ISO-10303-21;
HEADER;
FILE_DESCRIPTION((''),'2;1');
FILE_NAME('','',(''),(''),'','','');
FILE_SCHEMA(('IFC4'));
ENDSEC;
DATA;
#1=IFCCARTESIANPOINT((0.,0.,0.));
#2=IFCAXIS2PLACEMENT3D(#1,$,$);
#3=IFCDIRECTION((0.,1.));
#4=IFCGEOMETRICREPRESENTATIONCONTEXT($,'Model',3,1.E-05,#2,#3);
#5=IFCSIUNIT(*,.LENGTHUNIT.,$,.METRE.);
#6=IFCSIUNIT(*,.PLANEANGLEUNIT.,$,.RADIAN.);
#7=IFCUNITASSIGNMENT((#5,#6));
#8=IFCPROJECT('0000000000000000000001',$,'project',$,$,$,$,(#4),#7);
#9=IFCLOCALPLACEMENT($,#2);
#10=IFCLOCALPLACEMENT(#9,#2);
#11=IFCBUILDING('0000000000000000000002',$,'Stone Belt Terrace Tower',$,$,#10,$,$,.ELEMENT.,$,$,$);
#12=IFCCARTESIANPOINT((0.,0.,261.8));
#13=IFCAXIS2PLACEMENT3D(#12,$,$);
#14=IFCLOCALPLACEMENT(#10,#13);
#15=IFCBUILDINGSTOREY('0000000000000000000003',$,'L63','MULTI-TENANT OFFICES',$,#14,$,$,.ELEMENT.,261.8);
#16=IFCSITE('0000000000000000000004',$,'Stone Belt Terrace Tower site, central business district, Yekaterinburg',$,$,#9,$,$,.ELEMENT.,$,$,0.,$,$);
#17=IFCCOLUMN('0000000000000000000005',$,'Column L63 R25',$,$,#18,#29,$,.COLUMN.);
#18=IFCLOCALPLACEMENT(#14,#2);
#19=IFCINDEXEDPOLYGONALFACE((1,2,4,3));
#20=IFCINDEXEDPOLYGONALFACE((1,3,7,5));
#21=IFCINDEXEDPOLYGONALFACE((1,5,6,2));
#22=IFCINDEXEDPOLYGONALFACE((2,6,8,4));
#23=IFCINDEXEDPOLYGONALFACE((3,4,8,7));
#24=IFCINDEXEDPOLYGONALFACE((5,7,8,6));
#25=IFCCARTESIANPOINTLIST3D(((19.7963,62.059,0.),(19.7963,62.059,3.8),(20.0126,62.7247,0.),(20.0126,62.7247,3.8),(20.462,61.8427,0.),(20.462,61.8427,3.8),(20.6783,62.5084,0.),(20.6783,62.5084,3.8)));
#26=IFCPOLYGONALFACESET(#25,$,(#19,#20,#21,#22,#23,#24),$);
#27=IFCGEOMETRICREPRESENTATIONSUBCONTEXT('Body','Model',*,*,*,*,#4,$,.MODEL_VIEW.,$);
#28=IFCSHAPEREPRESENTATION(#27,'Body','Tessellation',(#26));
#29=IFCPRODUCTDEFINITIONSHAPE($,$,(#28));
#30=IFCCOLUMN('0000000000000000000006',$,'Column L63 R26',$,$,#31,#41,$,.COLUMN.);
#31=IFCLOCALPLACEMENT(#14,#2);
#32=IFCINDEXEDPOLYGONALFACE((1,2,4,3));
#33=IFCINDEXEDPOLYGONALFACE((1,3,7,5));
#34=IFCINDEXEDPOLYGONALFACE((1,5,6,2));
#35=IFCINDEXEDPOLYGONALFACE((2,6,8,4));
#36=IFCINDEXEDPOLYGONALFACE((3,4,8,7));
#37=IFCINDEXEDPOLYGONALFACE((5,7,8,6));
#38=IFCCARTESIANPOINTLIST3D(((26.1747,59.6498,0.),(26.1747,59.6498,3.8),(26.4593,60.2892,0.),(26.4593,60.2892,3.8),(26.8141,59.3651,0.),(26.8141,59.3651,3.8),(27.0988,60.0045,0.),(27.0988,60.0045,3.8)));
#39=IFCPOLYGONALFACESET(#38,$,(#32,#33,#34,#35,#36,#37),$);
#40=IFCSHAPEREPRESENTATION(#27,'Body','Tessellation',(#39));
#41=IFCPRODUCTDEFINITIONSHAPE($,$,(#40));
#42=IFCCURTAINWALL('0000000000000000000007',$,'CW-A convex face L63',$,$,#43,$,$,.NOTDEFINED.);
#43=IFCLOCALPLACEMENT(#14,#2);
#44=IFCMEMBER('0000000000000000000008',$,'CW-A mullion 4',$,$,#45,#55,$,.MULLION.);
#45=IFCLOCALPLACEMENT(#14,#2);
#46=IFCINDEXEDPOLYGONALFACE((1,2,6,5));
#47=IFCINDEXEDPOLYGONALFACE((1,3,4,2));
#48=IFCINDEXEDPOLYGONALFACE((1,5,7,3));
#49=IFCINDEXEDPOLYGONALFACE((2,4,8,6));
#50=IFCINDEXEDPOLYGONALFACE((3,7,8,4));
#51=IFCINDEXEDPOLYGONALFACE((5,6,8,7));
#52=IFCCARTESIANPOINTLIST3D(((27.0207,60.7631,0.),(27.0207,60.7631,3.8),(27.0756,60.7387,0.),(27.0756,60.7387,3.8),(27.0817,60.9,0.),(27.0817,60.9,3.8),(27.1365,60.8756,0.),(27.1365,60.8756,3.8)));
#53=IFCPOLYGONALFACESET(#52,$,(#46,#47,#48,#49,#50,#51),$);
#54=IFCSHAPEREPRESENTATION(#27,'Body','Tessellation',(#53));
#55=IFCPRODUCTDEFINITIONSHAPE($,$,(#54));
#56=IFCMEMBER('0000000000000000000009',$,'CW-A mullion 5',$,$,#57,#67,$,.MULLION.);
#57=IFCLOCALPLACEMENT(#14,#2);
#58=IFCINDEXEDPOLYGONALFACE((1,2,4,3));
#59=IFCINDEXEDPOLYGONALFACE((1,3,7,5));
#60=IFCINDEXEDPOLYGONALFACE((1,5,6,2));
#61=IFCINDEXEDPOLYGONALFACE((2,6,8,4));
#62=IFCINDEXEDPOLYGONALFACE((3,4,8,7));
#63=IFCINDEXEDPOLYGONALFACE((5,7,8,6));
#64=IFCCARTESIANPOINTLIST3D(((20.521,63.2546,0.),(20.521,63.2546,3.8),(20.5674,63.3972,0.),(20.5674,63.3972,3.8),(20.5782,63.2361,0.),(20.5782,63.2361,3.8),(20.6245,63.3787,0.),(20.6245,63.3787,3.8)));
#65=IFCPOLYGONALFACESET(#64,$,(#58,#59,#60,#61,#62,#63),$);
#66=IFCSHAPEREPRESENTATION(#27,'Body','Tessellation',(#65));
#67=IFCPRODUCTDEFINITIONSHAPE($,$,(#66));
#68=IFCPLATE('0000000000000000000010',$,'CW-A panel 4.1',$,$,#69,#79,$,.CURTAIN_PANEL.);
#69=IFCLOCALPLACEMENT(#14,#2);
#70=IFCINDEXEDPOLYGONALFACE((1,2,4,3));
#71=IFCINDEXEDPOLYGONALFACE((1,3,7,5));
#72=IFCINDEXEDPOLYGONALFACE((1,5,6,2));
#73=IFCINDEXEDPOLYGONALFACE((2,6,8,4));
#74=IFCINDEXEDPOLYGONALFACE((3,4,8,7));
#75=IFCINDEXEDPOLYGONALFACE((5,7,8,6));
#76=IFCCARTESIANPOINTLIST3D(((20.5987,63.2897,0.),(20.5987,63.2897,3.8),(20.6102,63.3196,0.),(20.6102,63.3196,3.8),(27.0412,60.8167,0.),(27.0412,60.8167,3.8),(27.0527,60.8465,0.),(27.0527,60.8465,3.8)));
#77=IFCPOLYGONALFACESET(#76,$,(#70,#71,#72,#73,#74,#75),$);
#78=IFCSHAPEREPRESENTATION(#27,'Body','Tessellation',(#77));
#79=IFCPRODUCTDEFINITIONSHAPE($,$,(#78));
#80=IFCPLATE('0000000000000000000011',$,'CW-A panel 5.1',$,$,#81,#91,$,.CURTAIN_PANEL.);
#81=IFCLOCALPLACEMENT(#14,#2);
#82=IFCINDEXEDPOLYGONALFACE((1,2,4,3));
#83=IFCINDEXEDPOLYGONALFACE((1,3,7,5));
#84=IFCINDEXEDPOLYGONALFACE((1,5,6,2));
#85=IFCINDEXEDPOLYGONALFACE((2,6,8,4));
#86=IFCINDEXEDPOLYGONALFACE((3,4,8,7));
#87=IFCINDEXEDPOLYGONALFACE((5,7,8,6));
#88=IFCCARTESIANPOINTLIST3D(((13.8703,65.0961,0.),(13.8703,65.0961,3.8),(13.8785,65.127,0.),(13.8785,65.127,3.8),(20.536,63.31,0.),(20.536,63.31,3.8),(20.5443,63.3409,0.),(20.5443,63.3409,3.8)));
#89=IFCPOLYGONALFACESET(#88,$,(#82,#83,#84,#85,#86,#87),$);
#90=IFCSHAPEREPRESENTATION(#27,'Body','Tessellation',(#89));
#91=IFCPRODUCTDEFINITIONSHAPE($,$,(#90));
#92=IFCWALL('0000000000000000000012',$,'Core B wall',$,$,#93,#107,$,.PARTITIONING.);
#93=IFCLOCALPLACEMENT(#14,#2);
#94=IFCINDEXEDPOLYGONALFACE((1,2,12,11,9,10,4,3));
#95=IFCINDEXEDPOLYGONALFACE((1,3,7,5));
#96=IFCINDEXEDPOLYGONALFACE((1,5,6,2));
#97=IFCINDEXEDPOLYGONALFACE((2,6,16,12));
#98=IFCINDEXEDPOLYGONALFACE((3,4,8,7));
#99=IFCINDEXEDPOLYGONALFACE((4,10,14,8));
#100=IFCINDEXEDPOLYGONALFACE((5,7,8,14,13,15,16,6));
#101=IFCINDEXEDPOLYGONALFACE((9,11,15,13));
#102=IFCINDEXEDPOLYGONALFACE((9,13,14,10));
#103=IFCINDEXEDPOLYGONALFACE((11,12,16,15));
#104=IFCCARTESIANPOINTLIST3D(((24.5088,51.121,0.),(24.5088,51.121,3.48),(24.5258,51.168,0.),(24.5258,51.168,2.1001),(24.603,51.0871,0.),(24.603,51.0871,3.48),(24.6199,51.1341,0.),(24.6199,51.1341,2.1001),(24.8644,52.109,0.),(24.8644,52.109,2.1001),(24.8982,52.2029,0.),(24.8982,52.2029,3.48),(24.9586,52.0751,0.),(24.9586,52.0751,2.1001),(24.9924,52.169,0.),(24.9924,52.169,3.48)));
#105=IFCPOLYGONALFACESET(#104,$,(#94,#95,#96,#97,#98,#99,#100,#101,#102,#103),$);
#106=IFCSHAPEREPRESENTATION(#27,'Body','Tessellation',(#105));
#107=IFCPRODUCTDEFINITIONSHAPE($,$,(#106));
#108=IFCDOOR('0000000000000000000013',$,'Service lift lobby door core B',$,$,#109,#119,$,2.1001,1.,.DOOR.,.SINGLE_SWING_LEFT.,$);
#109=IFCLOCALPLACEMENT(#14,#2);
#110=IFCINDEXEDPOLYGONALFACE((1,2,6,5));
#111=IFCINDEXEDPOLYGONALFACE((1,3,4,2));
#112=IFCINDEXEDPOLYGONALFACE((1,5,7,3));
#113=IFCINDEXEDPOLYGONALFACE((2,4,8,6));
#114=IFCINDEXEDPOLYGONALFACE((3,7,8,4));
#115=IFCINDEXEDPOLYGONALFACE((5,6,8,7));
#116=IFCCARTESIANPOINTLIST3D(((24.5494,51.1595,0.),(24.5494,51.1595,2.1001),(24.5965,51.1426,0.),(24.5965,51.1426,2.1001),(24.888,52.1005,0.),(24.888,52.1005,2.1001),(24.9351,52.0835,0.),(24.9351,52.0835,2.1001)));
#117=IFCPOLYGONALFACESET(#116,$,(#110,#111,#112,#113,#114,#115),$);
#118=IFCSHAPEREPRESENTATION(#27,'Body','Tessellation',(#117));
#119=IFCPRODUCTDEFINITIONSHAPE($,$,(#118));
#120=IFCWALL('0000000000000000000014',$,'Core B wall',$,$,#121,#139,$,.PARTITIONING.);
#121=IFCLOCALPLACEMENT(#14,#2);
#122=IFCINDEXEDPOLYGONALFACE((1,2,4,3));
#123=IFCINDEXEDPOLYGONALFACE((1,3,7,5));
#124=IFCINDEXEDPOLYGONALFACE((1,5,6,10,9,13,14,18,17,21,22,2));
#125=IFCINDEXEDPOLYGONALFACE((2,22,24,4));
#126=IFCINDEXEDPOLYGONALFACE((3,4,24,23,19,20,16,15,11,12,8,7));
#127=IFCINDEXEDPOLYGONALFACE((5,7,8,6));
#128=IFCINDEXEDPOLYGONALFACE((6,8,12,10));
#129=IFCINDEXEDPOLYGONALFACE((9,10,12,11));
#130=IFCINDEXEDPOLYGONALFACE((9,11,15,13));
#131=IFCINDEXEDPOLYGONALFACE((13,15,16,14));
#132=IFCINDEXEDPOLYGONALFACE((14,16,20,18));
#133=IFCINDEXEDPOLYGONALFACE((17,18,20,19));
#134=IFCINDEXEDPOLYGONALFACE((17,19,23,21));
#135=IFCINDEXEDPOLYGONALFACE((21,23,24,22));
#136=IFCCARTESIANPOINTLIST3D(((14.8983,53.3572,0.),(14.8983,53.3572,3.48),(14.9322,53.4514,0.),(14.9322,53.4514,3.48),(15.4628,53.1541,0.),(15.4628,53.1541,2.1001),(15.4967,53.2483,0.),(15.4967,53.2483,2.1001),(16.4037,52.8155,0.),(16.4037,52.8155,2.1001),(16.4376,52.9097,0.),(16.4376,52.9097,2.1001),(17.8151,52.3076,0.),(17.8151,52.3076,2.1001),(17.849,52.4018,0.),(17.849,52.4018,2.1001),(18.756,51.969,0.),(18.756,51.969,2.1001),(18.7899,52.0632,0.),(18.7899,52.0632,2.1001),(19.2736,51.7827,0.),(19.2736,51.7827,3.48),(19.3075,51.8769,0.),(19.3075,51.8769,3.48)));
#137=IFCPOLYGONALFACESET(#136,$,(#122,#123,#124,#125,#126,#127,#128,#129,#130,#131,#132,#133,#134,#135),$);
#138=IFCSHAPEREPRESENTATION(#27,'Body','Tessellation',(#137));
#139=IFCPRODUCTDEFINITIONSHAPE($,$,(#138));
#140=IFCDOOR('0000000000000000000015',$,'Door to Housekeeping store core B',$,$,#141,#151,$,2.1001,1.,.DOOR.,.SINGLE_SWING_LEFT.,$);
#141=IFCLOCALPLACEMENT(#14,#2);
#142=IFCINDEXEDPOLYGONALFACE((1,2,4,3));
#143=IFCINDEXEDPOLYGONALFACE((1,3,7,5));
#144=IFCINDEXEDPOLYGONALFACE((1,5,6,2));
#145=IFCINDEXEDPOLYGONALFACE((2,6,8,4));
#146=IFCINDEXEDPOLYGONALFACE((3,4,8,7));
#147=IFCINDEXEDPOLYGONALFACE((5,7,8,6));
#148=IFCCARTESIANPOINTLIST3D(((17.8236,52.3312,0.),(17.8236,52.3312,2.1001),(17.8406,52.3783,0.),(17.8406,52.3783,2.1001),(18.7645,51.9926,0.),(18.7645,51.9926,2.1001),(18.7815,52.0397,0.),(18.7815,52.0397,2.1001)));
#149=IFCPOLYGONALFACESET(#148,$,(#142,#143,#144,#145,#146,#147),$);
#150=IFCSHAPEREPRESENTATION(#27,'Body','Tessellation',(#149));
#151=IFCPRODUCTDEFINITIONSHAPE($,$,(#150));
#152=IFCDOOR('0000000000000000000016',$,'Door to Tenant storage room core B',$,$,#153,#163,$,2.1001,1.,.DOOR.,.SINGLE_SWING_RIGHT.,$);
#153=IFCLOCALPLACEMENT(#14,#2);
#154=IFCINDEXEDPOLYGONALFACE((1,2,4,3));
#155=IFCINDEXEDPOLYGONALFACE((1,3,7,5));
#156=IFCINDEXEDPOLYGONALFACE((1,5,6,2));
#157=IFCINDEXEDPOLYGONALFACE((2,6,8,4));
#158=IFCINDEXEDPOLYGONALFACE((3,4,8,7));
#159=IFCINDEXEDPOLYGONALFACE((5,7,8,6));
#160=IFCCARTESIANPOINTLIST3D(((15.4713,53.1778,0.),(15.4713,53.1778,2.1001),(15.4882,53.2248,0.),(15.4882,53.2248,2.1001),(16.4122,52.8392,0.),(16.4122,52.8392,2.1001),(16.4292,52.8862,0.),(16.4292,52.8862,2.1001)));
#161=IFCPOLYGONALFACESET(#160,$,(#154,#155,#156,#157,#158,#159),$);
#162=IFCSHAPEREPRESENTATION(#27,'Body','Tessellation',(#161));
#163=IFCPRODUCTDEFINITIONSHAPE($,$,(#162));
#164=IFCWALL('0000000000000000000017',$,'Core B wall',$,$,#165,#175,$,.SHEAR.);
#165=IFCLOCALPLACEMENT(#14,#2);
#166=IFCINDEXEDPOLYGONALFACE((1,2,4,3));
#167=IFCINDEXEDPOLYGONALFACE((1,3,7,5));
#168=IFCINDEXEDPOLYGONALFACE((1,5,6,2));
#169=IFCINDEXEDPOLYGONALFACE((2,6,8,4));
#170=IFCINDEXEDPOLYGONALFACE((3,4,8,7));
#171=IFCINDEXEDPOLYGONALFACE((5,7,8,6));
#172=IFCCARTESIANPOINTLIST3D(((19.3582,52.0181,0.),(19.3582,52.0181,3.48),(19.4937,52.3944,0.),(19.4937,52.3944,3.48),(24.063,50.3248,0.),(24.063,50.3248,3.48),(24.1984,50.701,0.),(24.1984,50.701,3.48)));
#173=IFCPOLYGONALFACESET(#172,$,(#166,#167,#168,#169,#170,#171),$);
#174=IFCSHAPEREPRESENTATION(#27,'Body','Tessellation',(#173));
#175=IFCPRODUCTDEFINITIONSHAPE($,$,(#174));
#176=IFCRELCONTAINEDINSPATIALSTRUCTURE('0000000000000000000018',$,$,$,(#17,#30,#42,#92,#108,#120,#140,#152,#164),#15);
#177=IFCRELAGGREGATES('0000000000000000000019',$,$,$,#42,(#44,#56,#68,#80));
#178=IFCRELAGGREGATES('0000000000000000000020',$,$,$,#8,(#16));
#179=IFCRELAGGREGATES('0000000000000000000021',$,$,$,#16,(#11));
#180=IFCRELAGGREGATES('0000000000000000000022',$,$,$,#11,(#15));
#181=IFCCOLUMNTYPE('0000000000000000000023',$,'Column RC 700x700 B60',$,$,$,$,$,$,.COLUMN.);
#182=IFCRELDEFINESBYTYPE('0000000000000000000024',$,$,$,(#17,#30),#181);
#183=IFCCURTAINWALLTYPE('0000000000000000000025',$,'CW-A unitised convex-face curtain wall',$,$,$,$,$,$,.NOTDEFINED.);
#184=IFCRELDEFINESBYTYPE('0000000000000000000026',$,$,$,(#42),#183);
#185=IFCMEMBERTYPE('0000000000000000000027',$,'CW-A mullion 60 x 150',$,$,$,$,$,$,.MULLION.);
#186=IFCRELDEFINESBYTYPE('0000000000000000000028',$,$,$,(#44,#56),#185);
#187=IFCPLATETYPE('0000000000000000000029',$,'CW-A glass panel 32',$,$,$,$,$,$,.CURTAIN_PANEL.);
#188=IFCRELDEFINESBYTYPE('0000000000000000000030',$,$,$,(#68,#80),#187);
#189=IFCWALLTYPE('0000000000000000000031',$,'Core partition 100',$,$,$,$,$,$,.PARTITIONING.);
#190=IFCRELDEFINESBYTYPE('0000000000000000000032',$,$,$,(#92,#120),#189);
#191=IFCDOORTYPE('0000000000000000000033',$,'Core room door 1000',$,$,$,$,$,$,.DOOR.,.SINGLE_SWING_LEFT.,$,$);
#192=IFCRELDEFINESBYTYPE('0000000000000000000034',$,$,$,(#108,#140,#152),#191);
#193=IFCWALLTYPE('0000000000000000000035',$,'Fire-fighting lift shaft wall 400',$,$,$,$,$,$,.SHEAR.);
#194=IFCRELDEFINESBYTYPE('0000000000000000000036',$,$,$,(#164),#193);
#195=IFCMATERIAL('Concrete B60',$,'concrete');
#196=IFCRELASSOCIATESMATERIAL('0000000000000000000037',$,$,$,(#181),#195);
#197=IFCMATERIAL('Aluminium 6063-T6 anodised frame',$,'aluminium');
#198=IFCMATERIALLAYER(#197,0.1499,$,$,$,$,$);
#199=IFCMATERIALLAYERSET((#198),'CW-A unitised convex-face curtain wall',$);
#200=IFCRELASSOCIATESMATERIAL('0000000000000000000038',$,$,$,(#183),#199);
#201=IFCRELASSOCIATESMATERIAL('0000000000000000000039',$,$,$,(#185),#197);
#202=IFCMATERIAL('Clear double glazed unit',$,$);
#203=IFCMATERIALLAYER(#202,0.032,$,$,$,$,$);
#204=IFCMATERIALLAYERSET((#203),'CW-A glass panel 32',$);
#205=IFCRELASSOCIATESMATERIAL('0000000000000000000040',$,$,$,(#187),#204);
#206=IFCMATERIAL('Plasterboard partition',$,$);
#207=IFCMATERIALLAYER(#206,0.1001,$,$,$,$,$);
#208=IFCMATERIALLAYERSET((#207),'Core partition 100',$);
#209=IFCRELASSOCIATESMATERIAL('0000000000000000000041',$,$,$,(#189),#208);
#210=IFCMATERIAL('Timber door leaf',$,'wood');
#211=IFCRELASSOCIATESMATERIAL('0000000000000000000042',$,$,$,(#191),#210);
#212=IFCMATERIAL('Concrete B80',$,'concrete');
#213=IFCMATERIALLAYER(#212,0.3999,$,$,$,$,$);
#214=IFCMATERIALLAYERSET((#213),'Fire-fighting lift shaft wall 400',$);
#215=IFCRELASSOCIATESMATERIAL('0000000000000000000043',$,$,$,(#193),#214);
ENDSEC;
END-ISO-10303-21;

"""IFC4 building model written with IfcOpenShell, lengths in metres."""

from ifc_helpers import new_model, si_unit, direction, frame, frame_2d, origin, origin_2d, place, context, subcontext, project, spatial, rectangle, extrude, material, layer, layer_set, material_profile, profile_set, type_object, element, fill, aggregate, save


model = new_model("IFC4")

# Units and contexts
model_context = context("Model", 3, precision=1e-05, world=origin(), true_north=direction((0.0, 1.0)))
body_context = subcontext(model_context, "Body", "Model", "MODEL_VIEW")
ifc_project = project(units=[si_unit("LENGTHUNIT", "METRE"), si_unit("PLANEANGLEUNIT", "RADIAN")], contexts=[model_context])

# Site, building, storey
site_placement = place(None, origin())
site = spatial("IfcSite", under=ifc_project, at=site_placement, Name="Stone Belt Terrace Tower site, central business district, Yekaterinburg", CompositionType="ELEMENT", RefElevation=0.0)
building_placement = place(site_placement, origin())
building = spatial("IfcBuilding", under=site, at=building_placement, Name="Stone Belt Terrace Tower", CompositionType="ELEMENT")
storey_placement = place(building_placement, frame((0.0, 0.0, 261.8)))
storey = spatial("IfcBuildingStorey", under=building, at=storey_placement, Name="L63", Description="MULTI-TENANT OFFICES", CompositionType="ELEMENT", Elevation=261.8)

# Columns
ifc_material_1 = material(Name="Concrete B60", Category="concrete")
ifc_material_profile_1 = material_profile(ifc_material_1, rectangle(XDim=0.7, YDim=0.7, at=origin_2d()), Name="RC 700x700")
ifc_profile_set_1 = profile_set([ifc_material_profile_1], Name="Concrete B60")
column_type = type_object("IfcColumnType", Name="Column RC 700x700 B60", PredefinedType="COLUMN", material=ifc_profile_set_1)
for number, where, z_axis, x_axis, name in (
    (1, (20.2373, 62.2837, 0.0), (0.0, 0.0, 1.0), (0.951057, -0.309017, 0.0), "Column L63 R25"),
    (2, (26.6367, 59.8271, 0.0), (0.0, 0.0, 1.0), (0.913545, -0.406737, 0.0), "Column L63 R26"),
):
    element("IfcColumn", number, at=place(storey_placement, frame(where, z_axis=z_axis, x_axis=x_axis)), inside=storey, type_object=column_type, Name=name, PredefinedType="COLUMN", context=body_context, shape_type="SweptSolid", body=[
        extrude(rectangle(XDim=0.7, YDim=0.7, at=origin_2d()), origin(), (0.0, 0.0, 1.0), 3.8),
    ])

# Curtain wall, members, plates
ifc_material_2 = material(Name="Aluminium 6063-T6 anodised frame", Category="aluminium")
ifc_layer_1 = layer(ifc_material_2, 0.1499)
ifc_layer_set_1 = layer_set([ifc_layer_1], Name="CW-A unitised convex-face curtain wall")
curtain_wall_type = type_object("IfcCurtainWallType", Name="CW-A unitised convex-face curtain wall", PredefinedType="NOTDEFINED", material=ifc_layer_set_1)
curtain_wall_placement = place(storey_placement, origin())
curtain_wall = element("IfcCurtainWall", 3, at=curtain_wall_placement, inside=storey, type_object=curtain_wall_type, Name="CW-A convex face L63", PredefinedType="NOTDEFINED")
ifc_material_profile_2 = material_profile(ifc_material_2, rectangle(XDim=0.1499, YDim=0.0601, at=origin_2d()), Name="Aluminium 6063-T6 60x150")
ifc_profile_set_2 = profile_set([ifc_material_profile_2], Name="Aluminium 6063-T6 anodised frame")
member_type = type_object("IfcMemberType", Name="CW-A mullion 60 x 150", PredefinedType="MULLION", material=ifc_profile_set_2)
member_1_placement = place(storey_placement, frame((27.0786, 60.8193, 0.0), z_axis=(0.0, 0.0, 1.0), x_axis=(-0.406737, -0.913545, 0.0)))
member_1 = element("IfcMember", 4, at=member_1_placement, type_object=member_type, Name="CW-A mullion 4", PredefinedType="MULLION", context=body_context, shape_type="SweptSolid", body=[
    extrude(rectangle(XDim=0.1499, YDim=0.0601, at=origin_2d()), origin(), (0.0, 0.0, 1.0), 3.8),
])
member_2_placement = place(storey_placement, frame((20.5728, 63.3167, 0.0), z_axis=(0.0, 0.0, 1.0), x_axis=(-0.309017, -0.951057, 0.0)))
member_2 = element("IfcMember", 5, at=member_2_placement, type_object=member_type, Name="CW-A mullion 5", PredefinedType="MULLION", context=body_context, shape_type="SweptSolid", body=[
    extrude(rectangle(XDim=0.1499, YDim=0.0601, at=origin_2d()), origin(), (0.0, 0.0, 1.0), 3.8),
])
ifc_material_3 = material(Name="Clear double glazed unit")
ifc_layer_2 = layer(ifc_material_3, 0.032)
ifc_layer_set_2 = layer_set([ifc_layer_2], Name="CW-A glass panel 32")
plate_type = type_object("IfcPlateType", Name="CW-A glass panel 32", PredefinedType="CURTAIN_PANEL", material=ifc_layer_set_2)
plate_1_placement = place(storey_placement, frame((23.8257, 62.0681, 0.0), z_axis=(0.0, 0.0, 1.0), x_axis=(-0.93358, 0.358368, 0.0)))
plate_1 = element("IfcPlate", 6, at=plate_1_placement, type_object=plate_type, Name="CW-A panel 4.1", PredefinedType="CURTAIN_PANEL", context=body_context, shape_type="SweptSolid", body=[
    extrude(rectangle(XDim=6.9009, YDim=0.032, at=origin_2d()), origin(), (0.0, 0.0, 1.0), 3.8),
])
plate_2_placement = place(storey_placement, frame((17.2073, 64.2185, 0.0), z_axis=(0.0, 0.0, 1.0), x_axis=(-0.965926, 0.258819, 0.0)))
plate_2 = element("IfcPlate", 7, at=plate_2_placement, type_object=plate_type, Name="CW-A panel 5.1", PredefinedType="CURTAIN_PANEL", context=body_context, shape_type="SweptSolid", body=[
    extrude(rectangle(XDim=6.9009, YDim=0.032, at=origin_2d()), origin(), (0.0, 0.0, 1.0), 3.8),
])
aggregate(curtain_wall, [member_1, member_2, plate_1, plate_2])

# Wall, opening, door
ifc_material_4 = material(Name="Plasterboard partition")
ifc_layer_3 = layer(ifc_material_4, 0.1001)
ifc_layer_set_3 = layer_set([ifc_layer_3], Name="Core partition 100")
wall_type_1 = type_object("IfcWallType", Name="Core partition 100", PredefinedType="PARTITIONING", material=ifc_layer_set_3)
wall_1_placement = place(storey_placement, frame((24.5559, 51.104, 0.0), z_axis=(0.0, 0.0, 1.0), x_axis=(0.338622, 0.940923, 0.0)))
wall_1 = element("IfcWall", 8, at=wall_1_placement, inside=storey, type_object=wall_type_1, Name="Core B wall", PredefinedType="PARTITIONING", context=body_context, shape_type="SweptSolid", body=[
    extrude(rectangle(XDim=1.1499, YDim=0.1001, at=frame_2d((0.575, 0.0))), origin(), (0.0, 0.0, 1.0), 3.48),
])
opening_1_placement = place(wall_1_placement, frame((0.05, 0.0, 0.0)))
opening_1 = element("IfcOpeningElement", 9, at=opening_1_placement, cuts=wall_1, PredefinedType="OPENING", context=body_context, shape_type="SweptSolid", body=[
    extrude(rectangle(XDim=1.0, YDim=2.1001, at=frame_2d((0.5, 1.05))), frame((0.0, 0.0601, 0.0), z_axis=(0.0, -1.0, 0.0), x_axis=(1.0, 0.0, 0.0)), (0.0, 0.0, 1.0), 0.1201),
])
ifc_material_5 = material(Name="Timber door leaf", Category="wood")
door_type_1 = type_object("IfcDoorType", Name="Core room door 1000", OperationType="SINGLE_SWING_LEFT", PredefinedType="DOOR", material=ifc_material_5)
door_1_placement = place(opening_1_placement, origin())
door_1 = element("IfcDoor", 10, at=door_1_placement, inside=storey, type_object=door_type_1, Name="Service lift lobby door core B", OperationType="SINGLE_SWING_LEFT", OverallHeight=2.1001, OverallWidth=1.0, PredefinedType="DOOR", context=body_context, shape_type="SweptSolid", body=[
    extrude(rectangle(XDim=1.0, YDim=2.1001, at=frame_2d((0.5, 1.05))), frame((0.0, 0.0249, 0.0), z_axis=(0.0, -1.0, 0.0), x_axis=(1.0, 0.0, 0.0)), (0.0, 0.0, 1.0), 0.05),
])
fill(opening_1, door_1)

# Wall, openings, doors
wall_2_placement = place(storey_placement, frame((19.2905, 51.8298, 0.0), z_axis=(0.0, 0.0, 1.0), x_axis=(-0.94093, 0.3386, 0.0)))
wall_2 = element("IfcWall", 11, at=wall_2_placement, inside=storey, type_object=wall_type_1, Name="Core B wall", PredefinedType="PARTITIONING", context=body_context, shape_type="SweptSolid", body=[
    extrude(rectangle(XDim=4.6499, YDim=0.1001, at=frame_2d((2.325, 0.0))), origin(), (0.0, 0.0, 1.0), 3.48),
])
opening_2_placement = place(wall_2_placement, frame((0.55, 0.0, 0.0)))
opening_2 = element("IfcOpeningElement", 12, at=opening_2_placement, cuts=wall_2, PredefinedType="OPENING", context=body_context, shape_type="SweptSolid", body=[
    extrude(rectangle(XDim=1.0, YDim=2.1001, at=frame_2d((0.5, 1.05))), frame((0.0, 0.0601, 0.0), z_axis=(0.0, -1.0, 0.0), x_axis=(1.0, 0.0, 0.0)), (0.0, 0.0, 1.0), 0.1201),
])
opening_3_placement = place(wall_2_placement, frame((3.05, 0.0, 0.0)))
opening_3 = element("IfcOpeningElement", 13, at=opening_3_placement, cuts=wall_2, PredefinedType="OPENING", context=body_context, shape_type="SweptSolid", body=[
    extrude(rectangle(XDim=1.0, YDim=2.1001, at=frame_2d((0.5, 1.05))), frame((0.0, 0.0601, 0.0), z_axis=(0.0, -1.0, 0.0), x_axis=(1.0, 0.0, 0.0)), (0.0, 0.0, 1.0), 0.1201),
])
door_2_placement = place(opening_2_placement, origin())
door_2 = element("IfcDoor", 14, at=door_2_placement, inside=storey, type_object=door_type_1, Name="Door to Housekeeping store core B", OperationType="SINGLE_SWING_LEFT", OverallHeight=2.1001, OverallWidth=1.0, PredefinedType="DOOR", context=body_context, shape_type="SweptSolid", body=[
    extrude(rectangle(XDim=1.0, YDim=2.1001, at=frame_2d((0.5, 1.05))), frame((0.0, 0.0249, 0.0), z_axis=(0.0, -1.0, 0.0), x_axis=(1.0, 0.0, 0.0)), (0.0, 0.0, 1.0), 0.05),
])
fill(opening_2, door_2)
door_3_placement = place(opening_3_placement, origin())
door_3 = element("IfcDoor", 15, at=door_3_placement, inside=storey, type_object=door_type_1, Name="Door to Tenant storage room core B", OperationType="SINGLE_SWING_RIGHT", OverallHeight=2.1001, OverallWidth=1.0, PredefinedType="DOOR", context=body_context, shape_type="SweptSolid", body=[
    extrude(rectangle(XDim=1.0, YDim=2.1001, at=frame_2d((0.5, 1.05))), frame((0.0, 0.0249, 0.0), z_axis=(0.0, -1.0, 0.0), x_axis=(1.0, 0.0, 0.0)), (0.0, 0.0, 1.0), 0.05),
])
fill(opening_3, door_3)

# Wall
ifc_material_6 = material(Name="Concrete B80", Category="concrete")
ifc_layer_4 = layer(ifc_material_6, 0.3999)
ifc_layer_set_4 = layer_set([ifc_layer_4], Name="Fire-fighting lift shaft wall 400")
wall_type_2 = type_object("IfcWallType", Name="Fire-fighting lift shaft wall 400", PredefinedType="SHEAR", material=ifc_layer_set_4)
wall_3_placement = place(storey_placement, frame((24.1306, 50.5129, 0.0), z_axis=(0.0, 0.0, 1.0), x_axis=(-0.940912, 0.338652, 0.0)))
element("IfcWall", 16, at=wall_3_placement, inside=storey, type_object=wall_type_2, Name="Core B wall", PredefinedType="SHEAR", context=body_context, shape_type="SweptSolid", body=[
    extrude(rectangle(XDim=5.0002, YDim=0.3999, at=frame_2d((2.5, 0.0))), origin(), (0.0, 0.0, 1.0), 3.48),
])

save(model, "model.ifc")
